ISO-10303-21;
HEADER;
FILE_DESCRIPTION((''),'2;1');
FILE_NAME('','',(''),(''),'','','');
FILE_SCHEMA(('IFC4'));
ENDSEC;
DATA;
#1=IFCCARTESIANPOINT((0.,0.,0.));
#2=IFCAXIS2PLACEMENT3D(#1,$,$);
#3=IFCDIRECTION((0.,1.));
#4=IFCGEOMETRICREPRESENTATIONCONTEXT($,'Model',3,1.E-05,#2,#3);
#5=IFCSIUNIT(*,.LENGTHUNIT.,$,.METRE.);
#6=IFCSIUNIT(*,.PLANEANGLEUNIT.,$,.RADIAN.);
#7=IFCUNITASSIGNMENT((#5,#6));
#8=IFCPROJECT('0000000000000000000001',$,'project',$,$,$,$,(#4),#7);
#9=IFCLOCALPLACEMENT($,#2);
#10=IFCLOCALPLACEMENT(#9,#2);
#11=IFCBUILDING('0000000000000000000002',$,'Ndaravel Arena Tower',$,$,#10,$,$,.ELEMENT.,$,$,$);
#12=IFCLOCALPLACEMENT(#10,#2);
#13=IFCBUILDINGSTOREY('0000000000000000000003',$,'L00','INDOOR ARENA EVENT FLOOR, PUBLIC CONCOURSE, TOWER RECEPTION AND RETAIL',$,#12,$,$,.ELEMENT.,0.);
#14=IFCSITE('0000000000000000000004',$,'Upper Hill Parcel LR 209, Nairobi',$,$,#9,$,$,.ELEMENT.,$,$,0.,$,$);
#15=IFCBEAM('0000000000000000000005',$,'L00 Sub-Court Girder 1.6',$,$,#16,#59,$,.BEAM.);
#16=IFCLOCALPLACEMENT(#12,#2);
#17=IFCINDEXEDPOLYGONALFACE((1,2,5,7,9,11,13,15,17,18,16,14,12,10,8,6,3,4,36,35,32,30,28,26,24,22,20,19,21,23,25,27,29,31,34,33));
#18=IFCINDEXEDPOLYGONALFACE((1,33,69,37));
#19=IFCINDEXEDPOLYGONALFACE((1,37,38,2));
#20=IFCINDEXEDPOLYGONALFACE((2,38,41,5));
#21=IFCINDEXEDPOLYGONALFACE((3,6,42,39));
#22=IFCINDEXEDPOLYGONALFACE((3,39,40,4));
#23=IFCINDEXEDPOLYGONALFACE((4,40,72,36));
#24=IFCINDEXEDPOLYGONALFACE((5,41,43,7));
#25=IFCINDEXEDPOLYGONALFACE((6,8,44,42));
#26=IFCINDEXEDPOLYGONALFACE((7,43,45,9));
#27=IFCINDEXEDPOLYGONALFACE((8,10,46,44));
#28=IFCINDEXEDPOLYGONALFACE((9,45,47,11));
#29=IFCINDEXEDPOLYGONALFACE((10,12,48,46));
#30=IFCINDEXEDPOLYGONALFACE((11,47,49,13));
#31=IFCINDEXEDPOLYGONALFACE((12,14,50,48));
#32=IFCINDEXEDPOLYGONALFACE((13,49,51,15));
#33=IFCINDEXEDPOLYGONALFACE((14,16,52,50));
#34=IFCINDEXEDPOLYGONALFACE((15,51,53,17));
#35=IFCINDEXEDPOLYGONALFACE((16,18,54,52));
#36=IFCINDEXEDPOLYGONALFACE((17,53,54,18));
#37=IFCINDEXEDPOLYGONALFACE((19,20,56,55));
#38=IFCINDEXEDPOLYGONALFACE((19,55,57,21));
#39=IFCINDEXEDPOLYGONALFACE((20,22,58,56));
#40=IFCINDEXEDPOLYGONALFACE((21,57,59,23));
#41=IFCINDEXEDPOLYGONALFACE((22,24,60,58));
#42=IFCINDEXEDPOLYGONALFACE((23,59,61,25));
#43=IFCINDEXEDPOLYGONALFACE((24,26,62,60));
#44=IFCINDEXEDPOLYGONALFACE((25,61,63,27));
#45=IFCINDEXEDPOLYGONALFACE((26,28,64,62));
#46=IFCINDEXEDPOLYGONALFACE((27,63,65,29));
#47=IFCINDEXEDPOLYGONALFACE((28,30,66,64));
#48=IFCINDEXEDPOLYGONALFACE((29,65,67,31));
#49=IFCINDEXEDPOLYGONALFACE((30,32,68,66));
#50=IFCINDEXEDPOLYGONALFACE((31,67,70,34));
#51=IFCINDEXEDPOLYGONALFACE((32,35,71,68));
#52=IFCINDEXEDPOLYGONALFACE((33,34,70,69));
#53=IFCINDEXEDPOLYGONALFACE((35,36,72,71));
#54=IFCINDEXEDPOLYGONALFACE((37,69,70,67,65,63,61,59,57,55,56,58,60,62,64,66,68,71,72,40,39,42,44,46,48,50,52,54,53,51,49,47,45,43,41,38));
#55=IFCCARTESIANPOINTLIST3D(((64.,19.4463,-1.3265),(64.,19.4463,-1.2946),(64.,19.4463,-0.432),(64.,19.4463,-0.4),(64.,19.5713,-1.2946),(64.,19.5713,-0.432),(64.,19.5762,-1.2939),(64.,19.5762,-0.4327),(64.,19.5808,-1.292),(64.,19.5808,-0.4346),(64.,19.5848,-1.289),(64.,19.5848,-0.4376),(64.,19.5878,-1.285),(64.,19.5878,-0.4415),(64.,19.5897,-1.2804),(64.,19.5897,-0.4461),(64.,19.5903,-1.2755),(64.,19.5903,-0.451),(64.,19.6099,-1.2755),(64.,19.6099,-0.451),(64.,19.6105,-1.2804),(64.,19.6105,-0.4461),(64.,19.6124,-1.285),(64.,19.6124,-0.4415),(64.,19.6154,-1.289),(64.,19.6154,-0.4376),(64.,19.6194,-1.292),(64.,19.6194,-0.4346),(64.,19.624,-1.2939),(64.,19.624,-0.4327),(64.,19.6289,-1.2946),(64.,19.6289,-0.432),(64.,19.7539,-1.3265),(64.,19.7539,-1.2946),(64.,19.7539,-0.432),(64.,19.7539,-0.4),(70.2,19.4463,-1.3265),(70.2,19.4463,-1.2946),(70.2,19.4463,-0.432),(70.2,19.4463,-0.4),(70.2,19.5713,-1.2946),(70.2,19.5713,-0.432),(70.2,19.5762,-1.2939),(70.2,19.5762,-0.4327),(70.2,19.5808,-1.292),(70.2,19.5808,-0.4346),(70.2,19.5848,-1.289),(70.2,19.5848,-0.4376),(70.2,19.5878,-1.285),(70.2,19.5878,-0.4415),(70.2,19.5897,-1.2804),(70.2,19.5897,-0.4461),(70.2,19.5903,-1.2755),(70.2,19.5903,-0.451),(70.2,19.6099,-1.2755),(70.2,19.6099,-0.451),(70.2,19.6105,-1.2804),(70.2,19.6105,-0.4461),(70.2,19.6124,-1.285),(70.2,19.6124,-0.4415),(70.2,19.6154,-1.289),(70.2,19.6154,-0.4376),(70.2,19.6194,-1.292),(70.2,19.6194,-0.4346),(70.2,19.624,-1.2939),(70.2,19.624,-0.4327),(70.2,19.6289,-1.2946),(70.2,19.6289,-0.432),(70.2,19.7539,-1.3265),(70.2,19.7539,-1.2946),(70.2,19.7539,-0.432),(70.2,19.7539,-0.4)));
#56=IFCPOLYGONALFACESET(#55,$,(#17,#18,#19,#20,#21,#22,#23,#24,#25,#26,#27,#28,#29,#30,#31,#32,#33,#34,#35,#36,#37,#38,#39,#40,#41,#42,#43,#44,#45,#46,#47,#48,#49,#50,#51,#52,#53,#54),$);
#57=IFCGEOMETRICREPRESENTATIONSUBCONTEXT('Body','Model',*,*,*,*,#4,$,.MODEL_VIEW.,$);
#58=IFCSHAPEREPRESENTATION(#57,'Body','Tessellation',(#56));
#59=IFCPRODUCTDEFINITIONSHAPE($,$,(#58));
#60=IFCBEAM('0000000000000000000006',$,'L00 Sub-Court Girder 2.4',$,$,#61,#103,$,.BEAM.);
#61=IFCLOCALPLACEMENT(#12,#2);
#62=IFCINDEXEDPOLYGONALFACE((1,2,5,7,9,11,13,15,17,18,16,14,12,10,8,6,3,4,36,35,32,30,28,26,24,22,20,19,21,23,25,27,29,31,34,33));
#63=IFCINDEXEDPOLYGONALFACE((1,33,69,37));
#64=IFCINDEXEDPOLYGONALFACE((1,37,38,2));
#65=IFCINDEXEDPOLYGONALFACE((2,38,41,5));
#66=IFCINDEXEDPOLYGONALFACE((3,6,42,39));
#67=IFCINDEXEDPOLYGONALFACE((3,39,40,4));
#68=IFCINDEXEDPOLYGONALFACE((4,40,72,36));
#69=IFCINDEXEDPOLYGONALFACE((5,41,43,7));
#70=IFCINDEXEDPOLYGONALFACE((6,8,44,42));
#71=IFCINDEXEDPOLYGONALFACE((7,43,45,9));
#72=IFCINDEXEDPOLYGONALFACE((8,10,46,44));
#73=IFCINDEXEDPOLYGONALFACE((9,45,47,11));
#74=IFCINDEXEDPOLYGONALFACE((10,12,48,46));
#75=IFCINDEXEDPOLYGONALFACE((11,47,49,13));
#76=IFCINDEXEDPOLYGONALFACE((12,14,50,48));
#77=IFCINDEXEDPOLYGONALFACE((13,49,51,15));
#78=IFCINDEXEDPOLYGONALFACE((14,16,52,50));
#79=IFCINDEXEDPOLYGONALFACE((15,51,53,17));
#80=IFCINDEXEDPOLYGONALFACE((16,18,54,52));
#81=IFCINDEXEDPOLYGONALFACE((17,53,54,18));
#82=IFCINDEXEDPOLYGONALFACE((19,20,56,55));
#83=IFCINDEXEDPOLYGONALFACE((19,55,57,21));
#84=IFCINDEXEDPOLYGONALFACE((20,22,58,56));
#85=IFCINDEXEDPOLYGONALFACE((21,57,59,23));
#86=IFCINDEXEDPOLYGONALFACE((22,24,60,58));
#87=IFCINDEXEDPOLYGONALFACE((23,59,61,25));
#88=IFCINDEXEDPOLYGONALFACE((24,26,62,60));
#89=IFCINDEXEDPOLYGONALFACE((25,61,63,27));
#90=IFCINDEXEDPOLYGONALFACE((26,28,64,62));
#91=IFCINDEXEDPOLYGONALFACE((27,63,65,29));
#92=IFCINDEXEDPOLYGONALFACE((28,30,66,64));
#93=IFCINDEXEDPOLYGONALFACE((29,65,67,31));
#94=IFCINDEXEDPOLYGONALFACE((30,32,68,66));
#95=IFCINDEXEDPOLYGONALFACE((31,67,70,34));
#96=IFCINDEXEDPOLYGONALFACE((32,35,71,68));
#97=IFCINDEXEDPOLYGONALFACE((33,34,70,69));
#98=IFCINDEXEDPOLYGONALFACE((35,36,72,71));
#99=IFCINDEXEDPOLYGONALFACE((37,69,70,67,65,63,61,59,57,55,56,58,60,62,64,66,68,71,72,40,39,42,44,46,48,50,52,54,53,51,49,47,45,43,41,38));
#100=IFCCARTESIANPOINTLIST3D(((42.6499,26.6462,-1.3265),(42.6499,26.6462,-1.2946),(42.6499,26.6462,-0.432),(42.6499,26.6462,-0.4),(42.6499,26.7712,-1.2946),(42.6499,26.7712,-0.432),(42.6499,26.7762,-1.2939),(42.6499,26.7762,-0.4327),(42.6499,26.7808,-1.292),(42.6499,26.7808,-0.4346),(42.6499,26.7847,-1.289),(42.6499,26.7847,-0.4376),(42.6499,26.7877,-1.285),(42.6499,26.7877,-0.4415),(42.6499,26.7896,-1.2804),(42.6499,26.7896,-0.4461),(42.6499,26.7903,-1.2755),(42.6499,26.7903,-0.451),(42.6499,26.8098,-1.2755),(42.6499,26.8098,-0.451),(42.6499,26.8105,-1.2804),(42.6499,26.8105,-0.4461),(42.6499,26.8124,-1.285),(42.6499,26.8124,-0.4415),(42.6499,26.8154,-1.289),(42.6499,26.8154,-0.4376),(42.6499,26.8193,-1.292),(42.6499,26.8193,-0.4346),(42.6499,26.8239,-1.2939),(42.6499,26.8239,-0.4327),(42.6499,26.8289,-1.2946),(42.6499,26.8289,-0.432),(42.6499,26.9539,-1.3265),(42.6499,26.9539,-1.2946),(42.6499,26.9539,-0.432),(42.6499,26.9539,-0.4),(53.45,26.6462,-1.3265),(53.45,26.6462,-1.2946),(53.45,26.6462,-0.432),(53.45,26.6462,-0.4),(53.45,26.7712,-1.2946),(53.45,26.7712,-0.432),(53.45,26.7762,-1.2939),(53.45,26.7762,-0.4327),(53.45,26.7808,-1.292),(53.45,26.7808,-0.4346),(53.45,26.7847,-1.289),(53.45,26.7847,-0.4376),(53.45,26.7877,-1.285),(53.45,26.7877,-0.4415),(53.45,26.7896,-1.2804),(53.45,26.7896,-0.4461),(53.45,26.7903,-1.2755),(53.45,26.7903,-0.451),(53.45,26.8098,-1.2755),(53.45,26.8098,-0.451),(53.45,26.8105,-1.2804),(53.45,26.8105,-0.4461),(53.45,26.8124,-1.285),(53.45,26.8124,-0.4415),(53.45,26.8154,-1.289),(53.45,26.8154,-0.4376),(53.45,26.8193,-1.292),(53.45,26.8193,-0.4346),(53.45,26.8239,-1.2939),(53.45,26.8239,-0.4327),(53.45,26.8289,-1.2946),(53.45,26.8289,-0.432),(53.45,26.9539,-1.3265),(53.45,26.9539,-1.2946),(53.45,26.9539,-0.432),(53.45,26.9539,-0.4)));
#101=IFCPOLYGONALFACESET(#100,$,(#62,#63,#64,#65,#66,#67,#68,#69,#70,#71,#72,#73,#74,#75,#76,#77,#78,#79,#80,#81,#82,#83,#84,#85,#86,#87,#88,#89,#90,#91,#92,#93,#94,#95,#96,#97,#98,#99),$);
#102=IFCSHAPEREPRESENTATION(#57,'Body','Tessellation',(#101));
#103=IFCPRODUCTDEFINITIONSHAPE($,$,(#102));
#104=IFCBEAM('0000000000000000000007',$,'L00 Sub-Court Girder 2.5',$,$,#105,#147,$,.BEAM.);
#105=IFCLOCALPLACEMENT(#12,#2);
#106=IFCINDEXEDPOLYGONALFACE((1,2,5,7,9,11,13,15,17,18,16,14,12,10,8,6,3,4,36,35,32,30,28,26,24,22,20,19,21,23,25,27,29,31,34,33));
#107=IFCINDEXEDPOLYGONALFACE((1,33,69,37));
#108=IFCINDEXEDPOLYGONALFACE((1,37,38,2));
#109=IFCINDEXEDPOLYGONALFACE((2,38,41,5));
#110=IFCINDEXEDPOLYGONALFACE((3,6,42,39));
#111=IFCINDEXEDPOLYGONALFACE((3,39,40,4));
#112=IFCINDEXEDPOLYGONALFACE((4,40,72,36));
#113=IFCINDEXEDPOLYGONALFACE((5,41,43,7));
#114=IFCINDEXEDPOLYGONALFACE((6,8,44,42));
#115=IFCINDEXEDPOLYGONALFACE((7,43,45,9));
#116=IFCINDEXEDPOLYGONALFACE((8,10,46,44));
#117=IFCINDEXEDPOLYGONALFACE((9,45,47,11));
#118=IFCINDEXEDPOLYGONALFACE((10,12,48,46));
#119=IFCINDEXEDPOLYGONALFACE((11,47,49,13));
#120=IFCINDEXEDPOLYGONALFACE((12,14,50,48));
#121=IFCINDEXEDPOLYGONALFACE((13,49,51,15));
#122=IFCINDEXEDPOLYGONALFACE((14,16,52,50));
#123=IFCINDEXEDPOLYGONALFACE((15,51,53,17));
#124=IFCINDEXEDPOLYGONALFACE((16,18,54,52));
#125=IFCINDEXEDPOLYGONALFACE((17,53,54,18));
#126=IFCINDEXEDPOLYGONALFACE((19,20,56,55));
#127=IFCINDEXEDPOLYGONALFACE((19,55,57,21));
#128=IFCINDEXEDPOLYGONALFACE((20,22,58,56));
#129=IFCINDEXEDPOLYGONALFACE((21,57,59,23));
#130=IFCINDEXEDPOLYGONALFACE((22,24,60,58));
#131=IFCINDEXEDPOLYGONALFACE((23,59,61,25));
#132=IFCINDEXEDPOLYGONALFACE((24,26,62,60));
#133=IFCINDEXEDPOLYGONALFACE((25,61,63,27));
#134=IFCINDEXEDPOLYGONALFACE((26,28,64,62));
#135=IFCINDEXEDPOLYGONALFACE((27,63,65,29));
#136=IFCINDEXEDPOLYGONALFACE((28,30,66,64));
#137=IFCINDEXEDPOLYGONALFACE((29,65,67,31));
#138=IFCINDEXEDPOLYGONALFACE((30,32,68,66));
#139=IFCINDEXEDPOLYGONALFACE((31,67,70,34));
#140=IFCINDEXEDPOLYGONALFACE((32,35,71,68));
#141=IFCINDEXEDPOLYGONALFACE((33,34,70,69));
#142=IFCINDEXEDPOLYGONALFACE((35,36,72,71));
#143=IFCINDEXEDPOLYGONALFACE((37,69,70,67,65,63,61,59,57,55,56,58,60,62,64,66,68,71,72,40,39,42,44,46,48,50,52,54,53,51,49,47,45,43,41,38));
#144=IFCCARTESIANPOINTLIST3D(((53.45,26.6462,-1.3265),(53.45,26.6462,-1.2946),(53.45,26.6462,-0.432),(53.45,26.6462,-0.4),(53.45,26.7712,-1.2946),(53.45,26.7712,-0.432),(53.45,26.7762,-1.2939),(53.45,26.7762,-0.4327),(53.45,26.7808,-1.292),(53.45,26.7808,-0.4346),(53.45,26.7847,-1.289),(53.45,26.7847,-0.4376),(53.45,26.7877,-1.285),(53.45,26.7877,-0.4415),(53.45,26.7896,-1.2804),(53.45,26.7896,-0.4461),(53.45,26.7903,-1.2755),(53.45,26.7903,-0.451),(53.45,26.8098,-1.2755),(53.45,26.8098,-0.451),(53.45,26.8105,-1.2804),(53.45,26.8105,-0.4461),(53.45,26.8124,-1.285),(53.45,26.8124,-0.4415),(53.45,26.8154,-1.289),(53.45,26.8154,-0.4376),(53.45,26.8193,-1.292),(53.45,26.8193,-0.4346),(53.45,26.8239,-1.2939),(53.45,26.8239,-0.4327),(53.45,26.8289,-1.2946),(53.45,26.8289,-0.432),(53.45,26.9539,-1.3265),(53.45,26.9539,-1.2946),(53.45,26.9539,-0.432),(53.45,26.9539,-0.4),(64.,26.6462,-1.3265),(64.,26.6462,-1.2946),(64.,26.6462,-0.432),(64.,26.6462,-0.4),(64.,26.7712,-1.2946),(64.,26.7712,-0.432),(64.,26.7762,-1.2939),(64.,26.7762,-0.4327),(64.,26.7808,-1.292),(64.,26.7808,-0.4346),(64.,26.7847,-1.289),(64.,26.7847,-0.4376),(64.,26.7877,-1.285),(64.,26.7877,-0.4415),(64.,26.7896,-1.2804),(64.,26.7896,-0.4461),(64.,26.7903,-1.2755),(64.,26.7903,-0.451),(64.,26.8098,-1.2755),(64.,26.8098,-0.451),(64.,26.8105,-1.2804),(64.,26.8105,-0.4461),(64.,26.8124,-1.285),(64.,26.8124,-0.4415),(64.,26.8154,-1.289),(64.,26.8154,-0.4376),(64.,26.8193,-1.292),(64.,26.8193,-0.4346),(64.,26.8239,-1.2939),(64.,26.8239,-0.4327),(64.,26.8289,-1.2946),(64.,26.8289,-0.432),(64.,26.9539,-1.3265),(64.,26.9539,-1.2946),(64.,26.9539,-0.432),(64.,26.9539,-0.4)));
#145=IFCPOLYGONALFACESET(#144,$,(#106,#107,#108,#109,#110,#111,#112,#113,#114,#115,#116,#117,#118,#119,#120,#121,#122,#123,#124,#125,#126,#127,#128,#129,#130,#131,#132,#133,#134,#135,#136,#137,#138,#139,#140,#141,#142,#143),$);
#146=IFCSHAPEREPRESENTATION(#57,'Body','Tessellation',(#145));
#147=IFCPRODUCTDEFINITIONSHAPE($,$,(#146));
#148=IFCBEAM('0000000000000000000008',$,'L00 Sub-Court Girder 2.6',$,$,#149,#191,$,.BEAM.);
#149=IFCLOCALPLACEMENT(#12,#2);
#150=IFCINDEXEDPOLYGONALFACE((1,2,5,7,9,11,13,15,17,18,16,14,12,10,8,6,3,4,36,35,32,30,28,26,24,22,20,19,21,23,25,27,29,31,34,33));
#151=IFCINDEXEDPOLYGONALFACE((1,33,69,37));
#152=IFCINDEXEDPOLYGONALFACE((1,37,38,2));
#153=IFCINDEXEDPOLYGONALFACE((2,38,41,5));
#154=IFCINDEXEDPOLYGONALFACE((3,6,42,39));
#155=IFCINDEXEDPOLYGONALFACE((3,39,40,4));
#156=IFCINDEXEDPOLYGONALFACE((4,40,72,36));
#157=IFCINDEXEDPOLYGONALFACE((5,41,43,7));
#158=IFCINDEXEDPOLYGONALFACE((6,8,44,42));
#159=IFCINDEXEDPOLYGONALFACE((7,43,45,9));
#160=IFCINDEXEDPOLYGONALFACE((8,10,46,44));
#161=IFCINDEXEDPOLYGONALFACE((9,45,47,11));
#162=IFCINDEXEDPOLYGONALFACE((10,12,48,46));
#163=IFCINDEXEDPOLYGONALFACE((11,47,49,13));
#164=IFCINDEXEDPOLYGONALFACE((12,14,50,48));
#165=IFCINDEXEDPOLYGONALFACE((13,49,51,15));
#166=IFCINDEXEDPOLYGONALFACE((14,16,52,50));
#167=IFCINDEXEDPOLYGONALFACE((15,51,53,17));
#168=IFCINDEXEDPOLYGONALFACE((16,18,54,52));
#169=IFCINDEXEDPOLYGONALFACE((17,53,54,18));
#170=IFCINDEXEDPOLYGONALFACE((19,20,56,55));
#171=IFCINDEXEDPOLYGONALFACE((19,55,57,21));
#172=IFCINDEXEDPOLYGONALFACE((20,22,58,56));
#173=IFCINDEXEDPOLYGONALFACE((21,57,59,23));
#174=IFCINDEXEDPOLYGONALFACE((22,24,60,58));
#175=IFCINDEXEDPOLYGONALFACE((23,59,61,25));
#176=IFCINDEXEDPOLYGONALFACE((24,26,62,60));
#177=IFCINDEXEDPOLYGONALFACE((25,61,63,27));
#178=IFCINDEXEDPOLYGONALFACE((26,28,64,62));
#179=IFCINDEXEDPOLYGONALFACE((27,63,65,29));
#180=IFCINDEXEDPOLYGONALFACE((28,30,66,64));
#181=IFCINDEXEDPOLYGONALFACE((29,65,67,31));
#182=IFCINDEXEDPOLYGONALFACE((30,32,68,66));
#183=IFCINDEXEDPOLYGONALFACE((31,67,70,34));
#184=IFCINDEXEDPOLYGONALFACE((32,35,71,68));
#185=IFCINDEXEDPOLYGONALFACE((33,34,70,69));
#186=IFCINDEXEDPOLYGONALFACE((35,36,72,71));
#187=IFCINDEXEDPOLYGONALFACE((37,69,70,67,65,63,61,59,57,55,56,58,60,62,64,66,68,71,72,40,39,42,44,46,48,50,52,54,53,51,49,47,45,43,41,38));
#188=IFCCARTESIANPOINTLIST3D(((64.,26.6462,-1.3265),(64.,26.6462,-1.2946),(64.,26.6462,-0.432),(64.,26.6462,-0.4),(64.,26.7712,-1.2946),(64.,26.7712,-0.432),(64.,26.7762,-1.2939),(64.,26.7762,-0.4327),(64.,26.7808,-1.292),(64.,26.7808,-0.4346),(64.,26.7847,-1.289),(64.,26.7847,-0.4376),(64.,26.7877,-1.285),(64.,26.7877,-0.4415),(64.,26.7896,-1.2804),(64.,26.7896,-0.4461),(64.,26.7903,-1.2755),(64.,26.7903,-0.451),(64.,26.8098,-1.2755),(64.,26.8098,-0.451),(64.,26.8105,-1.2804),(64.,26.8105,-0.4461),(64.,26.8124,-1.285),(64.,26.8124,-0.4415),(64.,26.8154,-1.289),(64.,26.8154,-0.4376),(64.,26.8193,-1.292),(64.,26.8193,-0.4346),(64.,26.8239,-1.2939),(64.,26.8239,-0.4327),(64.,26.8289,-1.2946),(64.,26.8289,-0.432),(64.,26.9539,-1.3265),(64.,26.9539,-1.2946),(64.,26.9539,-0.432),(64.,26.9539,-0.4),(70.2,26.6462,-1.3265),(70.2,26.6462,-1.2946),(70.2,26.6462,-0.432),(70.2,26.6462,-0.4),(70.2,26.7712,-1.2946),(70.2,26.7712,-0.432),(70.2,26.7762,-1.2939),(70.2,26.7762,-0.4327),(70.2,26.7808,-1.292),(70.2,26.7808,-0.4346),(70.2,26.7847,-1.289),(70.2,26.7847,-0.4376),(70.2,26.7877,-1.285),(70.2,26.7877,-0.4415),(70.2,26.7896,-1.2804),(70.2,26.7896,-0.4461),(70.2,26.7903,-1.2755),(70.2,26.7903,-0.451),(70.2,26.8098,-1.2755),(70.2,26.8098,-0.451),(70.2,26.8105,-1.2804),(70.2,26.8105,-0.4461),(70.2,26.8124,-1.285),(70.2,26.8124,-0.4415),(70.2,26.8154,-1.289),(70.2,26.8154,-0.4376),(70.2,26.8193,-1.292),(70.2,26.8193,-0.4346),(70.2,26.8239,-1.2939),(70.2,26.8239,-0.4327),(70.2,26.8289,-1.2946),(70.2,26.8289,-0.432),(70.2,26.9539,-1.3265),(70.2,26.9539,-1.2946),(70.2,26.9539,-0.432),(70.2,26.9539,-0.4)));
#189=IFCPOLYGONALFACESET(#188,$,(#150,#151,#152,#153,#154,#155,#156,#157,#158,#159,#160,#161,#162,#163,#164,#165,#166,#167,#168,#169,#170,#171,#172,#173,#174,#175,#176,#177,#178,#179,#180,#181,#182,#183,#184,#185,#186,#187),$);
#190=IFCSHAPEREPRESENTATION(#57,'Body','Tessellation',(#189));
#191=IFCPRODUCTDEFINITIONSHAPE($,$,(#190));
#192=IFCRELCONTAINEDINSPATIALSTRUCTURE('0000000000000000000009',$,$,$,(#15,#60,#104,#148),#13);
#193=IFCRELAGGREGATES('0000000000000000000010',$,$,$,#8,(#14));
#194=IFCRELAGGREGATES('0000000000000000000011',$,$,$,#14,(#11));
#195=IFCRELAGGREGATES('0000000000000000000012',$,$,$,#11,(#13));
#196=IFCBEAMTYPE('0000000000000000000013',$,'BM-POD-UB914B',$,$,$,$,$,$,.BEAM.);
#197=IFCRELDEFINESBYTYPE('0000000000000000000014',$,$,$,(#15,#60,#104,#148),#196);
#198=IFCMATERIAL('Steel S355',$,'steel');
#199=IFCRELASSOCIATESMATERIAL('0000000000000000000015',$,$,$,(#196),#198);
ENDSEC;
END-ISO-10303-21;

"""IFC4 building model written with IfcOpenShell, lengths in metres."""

from ifc_helpers import new_model, si_unit, direction, frame, origin, origin_2d, place, context, subcontext, project, spatial, i_section, extrude, material, material_profile, profile_set, type_object, element, save


model = new_model("IFC4")

# Units and contexts
model_context = context("Model", 3, precision=1e-05, world=origin(), true_north=direction((0.0, 1.0)))
body_context = subcontext(model_context, "Body", "Model", "MODEL_VIEW")
ifc_project = project(units=[si_unit("LENGTHUNIT", "METRE"), si_unit("PLANEANGLEUNIT", "RADIAN")], contexts=[model_context])

# Site, building, storey
site_placement = place(None, origin())
site = spatial("IfcSite", under=ifc_project, at=site_placement, Name="Upper Hill Parcel LR 209, Nairobi", CompositionType="ELEMENT", RefElevation=0.0)
building_placement = place(site_placement, origin())
building = spatial("IfcBuilding", under=site, at=building_placement, Name="Ndaravel Arena Tower", CompositionType="ELEMENT")
storey_placement = place(building_placement, origin())
storey = spatial("IfcBuildingStorey", under=building, at=storey_placement, Name="L00", Description="INDOOR ARENA EVENT FLOOR, PUBLIC CONCOURSE, TOWER RECEPTION AND RETAIL", CompositionType="ELEMENT", Elevation=0.0)

# Beams
ifc_material_1 = material(Name="Steel S355", Category="steel")
ifc_material_profile_1 = material_profile(ifc_material_1, i_section(OverallWidth=0.3076, OverallDepth=0.9265, WebThickness=0.0195, FlangeThickness=0.032, FilletRadius=0.019, at=origin_2d()), Name="UB 914x305x289")
ifc_profile_set_1 = profile_set([ifc_material_profile_1], Name="Steel S355")
beam_type_1 = type_object("IfcBeamType", Name="BM-POD-UB914B", PredefinedType="BEAM", material=ifc_profile_set_1)
beam_1_placement = place(storey_placement, frame((64.0, 19.6001, -0.8633), z_axis=(1.0, 0.0, 0.0), x_axis=(0.0, 1.0, 0.0)))
element("IfcBeam", 1, at=beam_1_placement, inside=storey, type_object=beam_type_1, Name="L00 Sub-Court Girder 1.6", PredefinedType="BEAM", context=body_context, shape_type="SweptSolid", body=[
    extrude(i_section(OverallWidth=0.3076, OverallDepth=0.9265, WebThickness=0.0195, FlangeThickness=0.032, FilletRadius=0.019, at=origin_2d()), origin(), (0.0, 0.0, 1.0), 6.2),
])
beam_2_placement = place(storey_placement, frame((42.6499, 26.8, -0.8633), z_axis=(1.0, 0.0, 0.0), x_axis=(0.0, 1.0, 0.0)))
element("IfcBeam", 2, at=beam_2_placement, inside=storey, type_object=beam_type_1, Name="L00 Sub-Court Girder 2.4", PredefinedType="BEAM", context=body_context, shape_type="SweptSolid", body=[
    extrude(i_section(OverallWidth=0.3076, OverallDepth=0.9265, WebThickness=0.0195, FlangeThickness=0.032, FilletRadius=0.019, at=origin_2d()), origin(), (0.0, 0.0, 1.0), 10.8),
])
beam_3_placement = place(storey_placement, frame((53.45, 26.8, -0.8633), z_axis=(1.0, 0.0, 0.0), x_axis=(0.0, 1.0, 0.0)))
element("IfcBeam", 3, at=beam_3_placement, inside=storey, type_object=beam_type_1, Name="L00 Sub-Court Girder 2.5", PredefinedType="BEAM", context=body_context, shape_type="SweptSolid", body=[
    extrude(i_section(OverallWidth=0.3076, OverallDepth=0.9265, WebThickness=0.0195, FlangeThickness=0.032, FilletRadius=0.019, at=origin_2d()), origin(), (0.0, 0.0, 1.0), 10.55),
])
beam_4_placement = place(storey_placement, frame((64.0, 26.8, -0.8633), z_axis=(1.0, 0.0, 0.0), x_axis=(0.0, 1.0, 0.0)))
element("IfcBeam", 4, at=beam_4_placement, inside=storey, type_object=beam_type_1, Name="L00 Sub-Court Girder 2.6", PredefinedType="BEAM", context=body_context, shape_type="SweptSolid", body=[
    extrude(i_section(OverallWidth=0.3076, OverallDepth=0.9265, WebThickness=0.0195, FlangeThickness=0.032, FilletRadius=0.019, at=origin_2d()), origin(), (0.0, 0.0, 1.0), 6.2),
])

save(model, "model.ifc")
